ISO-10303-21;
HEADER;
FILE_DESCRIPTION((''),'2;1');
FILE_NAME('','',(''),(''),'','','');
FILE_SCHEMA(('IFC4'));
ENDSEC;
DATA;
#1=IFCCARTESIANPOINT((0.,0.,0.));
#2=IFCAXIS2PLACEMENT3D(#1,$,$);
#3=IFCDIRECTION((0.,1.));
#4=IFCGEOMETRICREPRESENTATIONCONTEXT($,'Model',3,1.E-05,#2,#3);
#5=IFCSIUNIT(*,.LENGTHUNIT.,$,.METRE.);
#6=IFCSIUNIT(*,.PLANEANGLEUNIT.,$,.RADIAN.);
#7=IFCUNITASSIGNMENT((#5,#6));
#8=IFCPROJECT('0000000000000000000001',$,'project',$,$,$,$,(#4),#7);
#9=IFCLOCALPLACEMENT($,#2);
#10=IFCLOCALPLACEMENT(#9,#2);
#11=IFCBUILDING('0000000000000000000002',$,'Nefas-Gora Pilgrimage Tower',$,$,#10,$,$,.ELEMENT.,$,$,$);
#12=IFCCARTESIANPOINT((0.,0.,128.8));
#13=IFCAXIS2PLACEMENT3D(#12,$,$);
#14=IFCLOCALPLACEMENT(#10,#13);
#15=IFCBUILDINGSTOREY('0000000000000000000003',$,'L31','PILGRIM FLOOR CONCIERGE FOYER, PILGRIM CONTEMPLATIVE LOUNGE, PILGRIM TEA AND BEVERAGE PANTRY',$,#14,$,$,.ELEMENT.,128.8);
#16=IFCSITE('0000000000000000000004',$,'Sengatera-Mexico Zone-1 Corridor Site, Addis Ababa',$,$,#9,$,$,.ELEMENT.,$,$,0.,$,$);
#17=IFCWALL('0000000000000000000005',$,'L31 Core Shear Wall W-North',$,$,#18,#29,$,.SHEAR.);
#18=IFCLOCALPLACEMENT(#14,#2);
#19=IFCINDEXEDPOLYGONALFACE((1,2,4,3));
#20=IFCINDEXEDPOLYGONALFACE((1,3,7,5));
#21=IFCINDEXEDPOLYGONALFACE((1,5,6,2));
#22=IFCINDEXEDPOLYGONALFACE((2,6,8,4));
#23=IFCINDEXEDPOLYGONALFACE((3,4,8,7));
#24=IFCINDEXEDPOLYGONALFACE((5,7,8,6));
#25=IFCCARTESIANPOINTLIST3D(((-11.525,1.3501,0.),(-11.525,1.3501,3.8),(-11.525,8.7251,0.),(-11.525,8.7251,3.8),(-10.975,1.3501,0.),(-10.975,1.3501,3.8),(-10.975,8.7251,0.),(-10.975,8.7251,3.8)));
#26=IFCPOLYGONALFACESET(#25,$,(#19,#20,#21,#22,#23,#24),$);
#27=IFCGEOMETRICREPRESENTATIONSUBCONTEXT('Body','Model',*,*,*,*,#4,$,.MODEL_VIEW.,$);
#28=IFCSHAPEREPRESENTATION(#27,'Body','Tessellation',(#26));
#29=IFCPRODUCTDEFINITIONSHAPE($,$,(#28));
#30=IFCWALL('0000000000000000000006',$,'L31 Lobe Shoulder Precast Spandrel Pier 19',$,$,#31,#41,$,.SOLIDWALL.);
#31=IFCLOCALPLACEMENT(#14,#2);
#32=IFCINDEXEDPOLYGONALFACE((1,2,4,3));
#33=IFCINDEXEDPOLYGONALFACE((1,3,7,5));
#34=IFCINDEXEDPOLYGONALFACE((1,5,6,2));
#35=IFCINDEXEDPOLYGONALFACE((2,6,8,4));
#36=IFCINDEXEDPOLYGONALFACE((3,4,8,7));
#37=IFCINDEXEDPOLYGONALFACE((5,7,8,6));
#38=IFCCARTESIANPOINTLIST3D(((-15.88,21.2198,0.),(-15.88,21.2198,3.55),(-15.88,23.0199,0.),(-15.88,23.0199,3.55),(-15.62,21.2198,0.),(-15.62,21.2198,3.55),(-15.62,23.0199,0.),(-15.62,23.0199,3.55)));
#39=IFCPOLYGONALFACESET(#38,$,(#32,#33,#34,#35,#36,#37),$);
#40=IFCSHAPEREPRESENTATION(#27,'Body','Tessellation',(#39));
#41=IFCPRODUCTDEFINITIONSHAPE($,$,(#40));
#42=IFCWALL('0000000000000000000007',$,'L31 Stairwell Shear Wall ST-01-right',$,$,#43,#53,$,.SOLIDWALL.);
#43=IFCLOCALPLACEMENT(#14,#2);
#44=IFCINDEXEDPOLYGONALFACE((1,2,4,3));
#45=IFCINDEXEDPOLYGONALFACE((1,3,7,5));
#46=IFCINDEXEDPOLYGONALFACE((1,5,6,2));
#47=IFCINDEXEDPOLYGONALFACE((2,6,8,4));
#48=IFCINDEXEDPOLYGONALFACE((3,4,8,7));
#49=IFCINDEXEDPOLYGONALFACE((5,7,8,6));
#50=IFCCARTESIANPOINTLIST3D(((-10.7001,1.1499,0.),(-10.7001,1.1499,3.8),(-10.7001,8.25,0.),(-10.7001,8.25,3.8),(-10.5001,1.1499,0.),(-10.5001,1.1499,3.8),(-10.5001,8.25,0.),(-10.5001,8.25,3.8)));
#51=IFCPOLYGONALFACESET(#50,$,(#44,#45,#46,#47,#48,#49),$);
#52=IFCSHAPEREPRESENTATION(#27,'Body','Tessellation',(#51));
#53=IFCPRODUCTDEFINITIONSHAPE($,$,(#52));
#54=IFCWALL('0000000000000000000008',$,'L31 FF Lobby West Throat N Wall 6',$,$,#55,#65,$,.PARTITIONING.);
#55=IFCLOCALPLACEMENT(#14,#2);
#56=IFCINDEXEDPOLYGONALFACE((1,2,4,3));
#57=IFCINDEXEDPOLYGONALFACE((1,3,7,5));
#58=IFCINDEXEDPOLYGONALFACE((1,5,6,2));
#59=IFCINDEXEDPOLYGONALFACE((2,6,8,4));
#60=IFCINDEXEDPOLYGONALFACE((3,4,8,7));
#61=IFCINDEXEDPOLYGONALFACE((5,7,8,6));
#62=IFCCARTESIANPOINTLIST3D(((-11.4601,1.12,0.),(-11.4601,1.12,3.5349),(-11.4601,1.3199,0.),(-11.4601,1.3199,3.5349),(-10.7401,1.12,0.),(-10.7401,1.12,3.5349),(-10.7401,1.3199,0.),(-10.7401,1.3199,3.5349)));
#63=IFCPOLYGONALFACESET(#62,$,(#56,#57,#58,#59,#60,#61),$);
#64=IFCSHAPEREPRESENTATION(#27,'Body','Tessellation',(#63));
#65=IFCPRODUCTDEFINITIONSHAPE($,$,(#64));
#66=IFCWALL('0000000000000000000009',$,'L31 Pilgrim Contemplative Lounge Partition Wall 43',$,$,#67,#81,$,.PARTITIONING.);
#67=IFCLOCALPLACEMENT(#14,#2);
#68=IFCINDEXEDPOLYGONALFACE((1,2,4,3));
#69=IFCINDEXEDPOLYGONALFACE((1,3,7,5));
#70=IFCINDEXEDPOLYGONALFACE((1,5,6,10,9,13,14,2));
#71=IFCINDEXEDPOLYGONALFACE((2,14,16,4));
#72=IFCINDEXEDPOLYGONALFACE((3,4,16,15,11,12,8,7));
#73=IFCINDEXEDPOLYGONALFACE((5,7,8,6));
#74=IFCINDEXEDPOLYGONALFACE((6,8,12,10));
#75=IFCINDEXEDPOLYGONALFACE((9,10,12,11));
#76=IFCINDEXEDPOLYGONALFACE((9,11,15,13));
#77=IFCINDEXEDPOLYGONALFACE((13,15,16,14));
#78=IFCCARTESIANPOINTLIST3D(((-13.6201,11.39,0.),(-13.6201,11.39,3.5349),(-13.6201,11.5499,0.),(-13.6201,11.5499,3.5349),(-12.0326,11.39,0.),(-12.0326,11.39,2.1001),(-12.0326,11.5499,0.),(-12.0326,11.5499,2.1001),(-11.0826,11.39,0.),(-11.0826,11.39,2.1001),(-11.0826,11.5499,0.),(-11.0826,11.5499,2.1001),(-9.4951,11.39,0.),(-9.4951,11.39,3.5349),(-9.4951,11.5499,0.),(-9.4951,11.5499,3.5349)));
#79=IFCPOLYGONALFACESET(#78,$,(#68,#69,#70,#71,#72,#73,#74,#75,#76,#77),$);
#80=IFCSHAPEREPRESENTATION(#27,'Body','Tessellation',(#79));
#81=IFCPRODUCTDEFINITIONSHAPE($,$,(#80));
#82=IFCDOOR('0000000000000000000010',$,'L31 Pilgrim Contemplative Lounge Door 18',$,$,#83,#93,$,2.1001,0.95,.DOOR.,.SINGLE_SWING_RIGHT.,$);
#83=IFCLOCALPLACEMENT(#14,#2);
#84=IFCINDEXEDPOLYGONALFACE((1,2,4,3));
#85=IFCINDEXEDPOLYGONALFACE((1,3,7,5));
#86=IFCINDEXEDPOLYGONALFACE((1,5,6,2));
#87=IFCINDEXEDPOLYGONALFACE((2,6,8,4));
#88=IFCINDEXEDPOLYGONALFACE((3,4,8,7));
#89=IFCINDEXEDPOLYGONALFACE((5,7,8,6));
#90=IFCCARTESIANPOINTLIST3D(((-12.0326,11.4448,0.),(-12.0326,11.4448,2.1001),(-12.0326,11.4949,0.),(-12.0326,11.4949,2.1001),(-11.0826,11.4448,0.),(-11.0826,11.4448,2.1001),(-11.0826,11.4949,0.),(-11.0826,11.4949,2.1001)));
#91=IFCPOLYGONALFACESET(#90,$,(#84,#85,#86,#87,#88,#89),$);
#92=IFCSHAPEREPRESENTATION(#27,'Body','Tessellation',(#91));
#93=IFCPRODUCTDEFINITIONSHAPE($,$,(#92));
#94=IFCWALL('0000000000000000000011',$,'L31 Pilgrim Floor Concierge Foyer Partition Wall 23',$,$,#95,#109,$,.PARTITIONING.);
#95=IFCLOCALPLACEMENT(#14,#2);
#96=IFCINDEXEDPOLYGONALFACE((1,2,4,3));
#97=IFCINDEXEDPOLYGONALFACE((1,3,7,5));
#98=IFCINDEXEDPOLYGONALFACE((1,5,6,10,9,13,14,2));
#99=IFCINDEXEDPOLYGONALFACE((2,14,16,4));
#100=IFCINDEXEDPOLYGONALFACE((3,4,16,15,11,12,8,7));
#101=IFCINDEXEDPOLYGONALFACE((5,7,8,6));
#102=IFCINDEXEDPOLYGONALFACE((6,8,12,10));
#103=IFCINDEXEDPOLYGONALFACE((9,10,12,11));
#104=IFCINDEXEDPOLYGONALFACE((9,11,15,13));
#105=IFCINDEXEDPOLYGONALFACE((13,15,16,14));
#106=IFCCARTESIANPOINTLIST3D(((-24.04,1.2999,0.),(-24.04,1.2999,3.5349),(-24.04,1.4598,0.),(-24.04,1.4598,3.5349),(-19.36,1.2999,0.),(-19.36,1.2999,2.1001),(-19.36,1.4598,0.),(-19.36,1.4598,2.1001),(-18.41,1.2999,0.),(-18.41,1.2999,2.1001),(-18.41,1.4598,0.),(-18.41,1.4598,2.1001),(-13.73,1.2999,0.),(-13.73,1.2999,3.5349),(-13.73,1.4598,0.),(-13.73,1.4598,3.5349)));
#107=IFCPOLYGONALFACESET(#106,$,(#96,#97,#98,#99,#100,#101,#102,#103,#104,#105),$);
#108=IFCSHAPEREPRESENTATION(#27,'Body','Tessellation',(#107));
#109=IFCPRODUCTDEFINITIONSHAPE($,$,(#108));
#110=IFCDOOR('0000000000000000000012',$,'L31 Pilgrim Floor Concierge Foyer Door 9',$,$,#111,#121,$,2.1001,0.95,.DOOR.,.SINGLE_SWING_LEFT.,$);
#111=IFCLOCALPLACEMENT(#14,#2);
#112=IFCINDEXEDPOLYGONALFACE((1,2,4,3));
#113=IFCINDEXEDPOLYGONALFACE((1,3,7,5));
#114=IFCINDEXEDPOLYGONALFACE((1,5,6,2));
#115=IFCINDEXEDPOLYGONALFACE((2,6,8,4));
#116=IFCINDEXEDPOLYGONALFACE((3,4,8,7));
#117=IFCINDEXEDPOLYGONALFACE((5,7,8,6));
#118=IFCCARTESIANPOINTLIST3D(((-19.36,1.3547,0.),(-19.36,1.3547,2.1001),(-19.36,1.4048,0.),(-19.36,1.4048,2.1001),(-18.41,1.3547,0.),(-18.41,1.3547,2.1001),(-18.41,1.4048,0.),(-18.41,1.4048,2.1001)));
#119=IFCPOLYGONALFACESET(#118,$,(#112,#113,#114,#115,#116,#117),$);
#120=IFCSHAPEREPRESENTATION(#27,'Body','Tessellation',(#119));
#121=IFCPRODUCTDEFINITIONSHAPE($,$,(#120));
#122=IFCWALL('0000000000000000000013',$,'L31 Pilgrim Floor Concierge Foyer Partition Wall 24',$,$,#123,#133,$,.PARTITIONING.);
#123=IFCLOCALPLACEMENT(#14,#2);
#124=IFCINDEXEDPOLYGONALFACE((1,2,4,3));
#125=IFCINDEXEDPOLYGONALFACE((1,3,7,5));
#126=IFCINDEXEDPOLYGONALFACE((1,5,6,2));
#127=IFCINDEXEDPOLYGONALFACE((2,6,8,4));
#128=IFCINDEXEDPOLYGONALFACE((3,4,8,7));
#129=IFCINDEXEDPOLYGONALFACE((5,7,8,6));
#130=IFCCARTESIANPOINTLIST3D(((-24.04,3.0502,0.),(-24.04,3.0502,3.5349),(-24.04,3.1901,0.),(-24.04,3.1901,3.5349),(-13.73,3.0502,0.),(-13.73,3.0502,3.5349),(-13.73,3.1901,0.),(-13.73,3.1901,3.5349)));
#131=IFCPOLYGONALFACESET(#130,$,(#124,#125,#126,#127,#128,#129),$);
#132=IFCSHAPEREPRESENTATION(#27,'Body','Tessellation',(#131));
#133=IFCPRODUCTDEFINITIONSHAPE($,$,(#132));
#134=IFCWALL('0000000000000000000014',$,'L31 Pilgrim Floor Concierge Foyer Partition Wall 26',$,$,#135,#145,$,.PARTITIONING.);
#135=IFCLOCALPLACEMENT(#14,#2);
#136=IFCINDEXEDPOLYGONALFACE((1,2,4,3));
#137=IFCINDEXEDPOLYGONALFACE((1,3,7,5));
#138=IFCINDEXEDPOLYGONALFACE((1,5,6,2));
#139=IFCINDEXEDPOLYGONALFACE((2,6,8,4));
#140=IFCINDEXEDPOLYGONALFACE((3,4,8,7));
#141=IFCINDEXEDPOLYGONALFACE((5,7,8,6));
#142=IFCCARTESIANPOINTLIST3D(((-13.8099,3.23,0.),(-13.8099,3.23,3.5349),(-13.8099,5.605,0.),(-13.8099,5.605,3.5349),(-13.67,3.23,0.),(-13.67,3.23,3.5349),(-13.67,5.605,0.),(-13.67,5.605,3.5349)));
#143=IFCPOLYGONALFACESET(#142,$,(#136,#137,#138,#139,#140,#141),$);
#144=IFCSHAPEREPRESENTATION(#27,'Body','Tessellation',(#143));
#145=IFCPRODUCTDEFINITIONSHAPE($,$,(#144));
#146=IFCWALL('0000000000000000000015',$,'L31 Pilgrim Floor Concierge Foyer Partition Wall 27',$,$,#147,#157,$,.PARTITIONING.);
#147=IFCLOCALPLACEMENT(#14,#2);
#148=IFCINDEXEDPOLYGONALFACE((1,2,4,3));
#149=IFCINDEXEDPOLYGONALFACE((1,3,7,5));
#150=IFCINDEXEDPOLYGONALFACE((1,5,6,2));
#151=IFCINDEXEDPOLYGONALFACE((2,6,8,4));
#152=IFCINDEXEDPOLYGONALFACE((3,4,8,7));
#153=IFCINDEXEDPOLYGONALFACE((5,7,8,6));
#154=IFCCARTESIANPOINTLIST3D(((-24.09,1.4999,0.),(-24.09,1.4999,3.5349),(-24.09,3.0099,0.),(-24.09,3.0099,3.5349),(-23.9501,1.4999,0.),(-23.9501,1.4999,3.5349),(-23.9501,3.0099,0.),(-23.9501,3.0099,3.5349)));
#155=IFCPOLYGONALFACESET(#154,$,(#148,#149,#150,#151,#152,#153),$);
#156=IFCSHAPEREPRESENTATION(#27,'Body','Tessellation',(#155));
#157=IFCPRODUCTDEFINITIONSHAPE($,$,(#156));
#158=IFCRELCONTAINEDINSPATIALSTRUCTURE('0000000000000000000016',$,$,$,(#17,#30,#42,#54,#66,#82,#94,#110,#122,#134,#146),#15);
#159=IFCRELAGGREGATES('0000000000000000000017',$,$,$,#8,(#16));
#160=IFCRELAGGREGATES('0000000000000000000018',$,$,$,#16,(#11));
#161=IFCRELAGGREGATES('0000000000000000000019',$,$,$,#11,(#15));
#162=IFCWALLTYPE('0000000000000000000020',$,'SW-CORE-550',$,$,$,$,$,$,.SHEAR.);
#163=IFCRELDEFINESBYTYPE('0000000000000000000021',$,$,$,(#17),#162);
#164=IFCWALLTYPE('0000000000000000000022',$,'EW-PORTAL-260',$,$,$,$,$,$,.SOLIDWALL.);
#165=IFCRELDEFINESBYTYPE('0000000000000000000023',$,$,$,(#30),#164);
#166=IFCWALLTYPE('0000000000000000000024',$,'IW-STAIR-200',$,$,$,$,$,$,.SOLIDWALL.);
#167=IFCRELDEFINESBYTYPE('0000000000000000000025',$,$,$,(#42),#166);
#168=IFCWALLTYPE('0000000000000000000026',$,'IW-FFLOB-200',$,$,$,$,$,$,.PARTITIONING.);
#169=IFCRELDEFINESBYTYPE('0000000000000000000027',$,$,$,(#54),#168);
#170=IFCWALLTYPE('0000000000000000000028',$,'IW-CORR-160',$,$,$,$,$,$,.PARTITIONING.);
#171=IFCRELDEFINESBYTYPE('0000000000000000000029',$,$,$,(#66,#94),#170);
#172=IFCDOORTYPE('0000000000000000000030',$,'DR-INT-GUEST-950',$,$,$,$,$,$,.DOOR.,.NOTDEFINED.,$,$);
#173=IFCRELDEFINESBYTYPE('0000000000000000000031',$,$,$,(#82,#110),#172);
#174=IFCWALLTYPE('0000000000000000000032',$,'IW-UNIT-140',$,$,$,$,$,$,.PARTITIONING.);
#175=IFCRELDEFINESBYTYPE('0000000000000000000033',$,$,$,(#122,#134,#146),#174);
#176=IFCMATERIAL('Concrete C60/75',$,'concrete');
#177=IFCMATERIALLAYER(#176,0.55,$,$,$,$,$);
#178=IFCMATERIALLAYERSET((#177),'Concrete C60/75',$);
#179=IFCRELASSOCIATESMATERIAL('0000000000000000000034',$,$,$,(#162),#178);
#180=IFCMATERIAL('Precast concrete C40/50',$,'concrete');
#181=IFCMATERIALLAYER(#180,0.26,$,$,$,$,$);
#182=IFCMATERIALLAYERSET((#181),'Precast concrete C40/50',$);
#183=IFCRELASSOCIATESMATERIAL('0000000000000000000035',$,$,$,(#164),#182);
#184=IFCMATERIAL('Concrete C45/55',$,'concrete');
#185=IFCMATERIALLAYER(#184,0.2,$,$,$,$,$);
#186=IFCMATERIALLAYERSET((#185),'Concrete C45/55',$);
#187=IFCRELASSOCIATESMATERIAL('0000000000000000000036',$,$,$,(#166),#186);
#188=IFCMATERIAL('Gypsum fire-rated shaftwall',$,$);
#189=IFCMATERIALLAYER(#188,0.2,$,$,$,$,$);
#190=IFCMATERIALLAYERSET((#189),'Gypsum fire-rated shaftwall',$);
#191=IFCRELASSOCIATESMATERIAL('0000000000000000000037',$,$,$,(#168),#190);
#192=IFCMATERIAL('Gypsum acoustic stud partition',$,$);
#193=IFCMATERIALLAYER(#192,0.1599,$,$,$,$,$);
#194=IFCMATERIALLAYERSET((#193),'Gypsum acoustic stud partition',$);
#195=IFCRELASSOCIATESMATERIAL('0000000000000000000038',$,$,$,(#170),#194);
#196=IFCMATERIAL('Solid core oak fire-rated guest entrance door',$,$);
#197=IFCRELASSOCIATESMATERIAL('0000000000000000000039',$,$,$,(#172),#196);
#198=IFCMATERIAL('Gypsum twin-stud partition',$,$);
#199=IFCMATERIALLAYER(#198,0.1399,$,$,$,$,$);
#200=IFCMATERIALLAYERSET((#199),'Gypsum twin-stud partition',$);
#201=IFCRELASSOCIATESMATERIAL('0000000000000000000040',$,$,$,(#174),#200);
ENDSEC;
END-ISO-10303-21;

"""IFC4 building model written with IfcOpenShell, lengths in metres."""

from ifc_helpers import new_model, si_unit, direction, frame, frame_2d, origin, place, context, subcontext, project, spatial, rectangle, extrude, source, transform, mapped, material, layer, layer_set, type_object, element, fill, save


model = new_model("IFC4")

# Units and contexts
model_context = context("Model", 3, precision=1e-05, world=origin(), true_north=direction((0.0, 1.0)))
body_context = subcontext(model_context, "Body", "Model", "MODEL_VIEW")
ifc_project = project(units=[si_unit("LENGTHUNIT", "METRE"), si_unit("PLANEANGLEUNIT", "RADIAN")], contexts=[model_context])

# Site, building, storey
site_placement = place(None, origin())
site = spatial("IfcSite", under=ifc_project, at=site_placement, Name="Sengatera-Mexico Zone-1 Corridor Site, Addis Ababa", CompositionType="ELEMENT", RefElevation=0.0)
building_placement = place(site_placement, origin())
building = spatial("IfcBuilding", under=site, at=building_placement, Name="Nefas-Gora Pilgrimage Tower", CompositionType="ELEMENT")
storey_placement = place(building_placement, frame((0.0, 0.0, 128.8)))
storey = spatial("IfcBuildingStorey", under=building, at=storey_placement, Name="L31", Description="PILGRIM FLOOR CONCIERGE FOYER, PILGRIM CONTEMPLATIVE LOUNGE, PILGRIM TEA AND BEVERAGE PANTRY", CompositionType="ELEMENT", Elevation=128.8)

# Walls
ifc_material_1 = material(Name="Concrete C60/75", Category="concrete")
ifc_layer_1 = layer(ifc_material_1, 0.55)
ifc_layer_set_1 = layer_set([ifc_layer_1], Name="Concrete C60/75")
wall_type_1 = type_object("IfcWallType", Name="SW-CORE-550", PredefinedType="SHEAR", material=ifc_layer_set_1)
shared_shape_1 = source(origin(), body_context, "Body", "SweptSolid", [
    extrude(rectangle(XDim=7.375, YDim=0.55, at=frame_2d((3.6875, 0.0))), origin(), (0.0, 0.0, 1.0), 3.8),
])
wall_1_placement = place(storey_placement, frame((-11.25, 1.3501, 0.0), z_axis=(0.0, 0.0, 1.0), x_axis=(0.0, 1.0, 0.0)))
element("IfcWall", 1, at=wall_1_placement, inside=storey, type_object=wall_type_1, Name="L31 Core Shear Wall W-North", PredefinedType="SHEAR", context=body_context, shape_type="MappedRepresentation", body=[
    mapped(shared_shape_1, transform((0.0, 0.0, 0.0), x_axis=(1.0, 0.0, 0.0), y_axis=(0.0, 1.0, 0.0), z_axis=(0.0, 0.0, 1.0), scale=1.0)),
])
ifc_material_2 = material(Name="Precast concrete C40/50", Category="concrete")
ifc_layer_2 = layer(ifc_material_2, 0.26)
ifc_layer_set_2 = layer_set([ifc_layer_2], Name="Precast concrete C40/50")
wall_type_2 = type_object("IfcWallType", Name="EW-PORTAL-260", PredefinedType="SOLIDWALL", material=ifc_layer_set_2)
shared_shape_2 = source(origin(), body_context, "Body", "SweptSolid", [
    extrude(rectangle(XDim=1.8, YDim=0.26, at=frame_2d((0.8999, 0.0))), origin(), (0.0, 0.0, 1.0), 3.55),
])
wall_2_placement = place(storey_placement, frame((-15.75, 21.22, 0.0), z_axis=(0.0, 0.0, 1.0), x_axis=(0.0, 1.0, 0.0)))
element("IfcWall", 2, at=wall_2_placement, inside=storey, type_object=wall_type_2, Name="L31 Lobe Shoulder Precast Spandrel Pier 19", PredefinedType="SOLIDWALL", context=body_context, shape_type="MappedRepresentation", body=[
    mapped(shared_shape_2, transform((0.0, 0.0, 0.0), x_axis=(1.0, 0.0, 0.0), y_axis=(0.0, 1.0, 0.0), z_axis=(0.0, 0.0, 1.0), scale=1.0)),
])
ifc_material_3 = material(Name="Concrete C45/55", Category="concrete")
ifc_layer_3 = layer(ifc_material_3, 0.2)
ifc_layer_set_3 = layer_set([ifc_layer_3], Name="Concrete C45/55")
wall_type_3 = type_object("IfcWallType", Name="IW-STAIR-200", PredefinedType="SOLIDWALL", material=ifc_layer_set_3)
shared_shape_3 = source(origin(), body_context, "Body", "SweptSolid", [
    extrude(rectangle(XDim=7.1001, YDim=0.2, at=frame_2d((3.55, 0.0))), origin(), (0.0, 0.0, 1.0), 3.8),
])
wall_3_placement = place(storey_placement, frame((-10.6001, 1.1499, 0.0), z_axis=(0.0, 0.0, 1.0), x_axis=(0.0, 1.0, 0.0)))
element("IfcWall", 3, at=wall_3_placement, inside=storey, type_object=wall_type_3, Name="L31 Stairwell Shear Wall ST-01-right", PredefinedType="SOLIDWALL", context=body_context, shape_type="MappedRepresentation", body=[
    mapped(shared_shape_3, transform((0.0, 0.0, 0.0), x_axis=(1.0, 0.0, 0.0), y_axis=(0.0, 1.0, 0.0), z_axis=(0.0, 0.0, 1.0), scale=1.0)),
])
ifc_material_4 = material(Name="Gypsum fire-rated shaftwall")
ifc_layer_4 = layer(ifc_material_4, 0.2)
ifc_layer_set_4 = layer_set([ifc_layer_4], Name="Gypsum fire-rated shaftwall")
wall_type_4 = type_object("IfcWallType", Name="IW-FFLOB-200", PredefinedType="PARTITIONING", material=ifc_layer_set_4)
shared_shape_4 = source(origin(), body_context, "Body", "SweptSolid", [
    extrude(rectangle(XDim=0.72, YDim=0.2, at=frame_2d((0.3599, 0.0))), origin(), (0.0, 0.0, 1.0), 3.5349),
])
wall_4_placement = place(storey_placement, frame((-11.46, 1.22, 0.0), z_axis=(0.0, 0.0, 1.0), x_axis=(1.0, 0.0, 0.0)))
element("IfcWall", 4, at=wall_4_placement, inside=storey, type_object=wall_type_4, Name="L31 FF Lobby West Throat N Wall 6", PredefinedType="PARTITIONING", context=body_context, shape_type="MappedRepresentation", body=[
    mapped(shared_shape_4, transform((0.0, 0.0, 0.0), x_axis=(1.0, 0.0, 0.0), y_axis=(0.0, 1.0, 0.0), z_axis=(0.0, 0.0, 1.0), scale=1.0)),
])

# Walls, openings, doors
ifc_material_5 = material(Name="Gypsum acoustic stud partition")
ifc_layer_5 = layer(ifc_material_5, 0.1599)
ifc_layer_set_5 = layer_set([ifc_layer_5], Name="Gypsum acoustic stud partition")
wall_type_5 = type_object("IfcWallType", Name="IW-CORR-160", PredefinedType="PARTITIONING", material=ifc_layer_set_5)
shared_shape_5 = source(origin(), body_context, "Body", "SweptSolid", [
    extrude(rectangle(XDim=4.125, YDim=0.1599, at=frame_2d((2.0625, 0.0))), origin(), (0.0, 0.0, 1.0), 3.5349),
])
wall_5_placement = place(storey_placement, frame((-13.6201, 11.47, 0.0), z_axis=(0.0, 0.0, 1.0), x_axis=(1.0, 0.0, 0.0)))
wall_5 = element("IfcWall", 5, at=wall_5_placement, inside=storey, type_object=wall_type_5, Name="L31 Pilgrim Contemplative Lounge Partition Wall 43", PredefinedType="PARTITIONING", context=body_context, shape_type="MappedRepresentation", body=[
    mapped(shared_shape_5, transform((0.0, 0.0, 0.0), x_axis=(1.0, 0.0, 0.0), y_axis=(0.0, 1.0, 0.0), z_axis=(0.0, 0.0, 1.0), scale=1.0)),
])
opening_1_placement = place(wall_5_placement, frame((1.5874, 0.0, 0.0)))
opening_1 = element("IfcOpeningElement", 6, at=opening_1_placement, cuts=wall_5, PredefinedType="OPENING", context=body_context, shape_type="SweptSolid", body=[
    extrude(rectangle(XDim=0.95, YDim=2.1001, at=frame_2d((0.4751, 1.05))), frame((0.0, 0.0898, 0.0), z_axis=(0.0, -1.0, 0.0), x_axis=(1.0, 0.0, 0.0)), (0.0, 0.0, 1.0), 0.1799),
])
ifc_material_6 = material(Name="Solid core oak fire-rated guest entrance door")
door_type = type_object("IfcDoorType", Name="DR-INT-GUEST-950", OperationType="NOTDEFINED", PredefinedType="DOOR", material=ifc_material_6)
shared_shape_6 = source(origin(), body_context, "Body", "SweptSolid", [
    extrude(rectangle(XDim=0.95, YDim=2.1001, at=frame_2d((0.4751, 1.05))), frame((0.0, 0.0249, 0.0), z_axis=(0.0, -1.0, 0.0), x_axis=(1.0, 0.0, 0.0)), (0.0, 0.0, 1.0), 0.05),
])
door_1_placement = place(opening_1_placement, origin())
door_1 = element("IfcDoor", 7, at=door_1_placement, inside=storey, type_object=door_type, Name="L31 Pilgrim Contemplative Lounge Door 18", OperationType="SINGLE_SWING_RIGHT", OverallHeight=2.1001, OverallWidth=0.95, PredefinedType="DOOR", context=body_context, shape_type="MappedRepresentation", body=[
    mapped(shared_shape_6, transform((0.0, 0.0, 0.0), x_axis=(1.0, 0.0, 0.0), y_axis=(0.0, 1.0, 0.0), z_axis=(0.0, 0.0, 1.0), scale=1.0)),
])
fill(opening_1, door_1)
shared_shape_7 = source(origin(), body_context, "Body", "SweptSolid", [
    extrude(rectangle(XDim=10.3101, YDim=0.1599, at=frame_2d((5.155, 0.0))), origin(), (0.0, 0.0, 1.0), 3.5349),
])
wall_6_placement = place(storey_placement, frame((-24.04, 1.3799, 0.0), z_axis=(0.0, 0.0, 1.0), x_axis=(1.0, 0.0, 0.0)))
wall_6 = element("IfcWall", 8, at=wall_6_placement, inside=storey, type_object=wall_type_5, Name="L31 Pilgrim Floor Concierge Foyer Partition Wall 23", PredefinedType="PARTITIONING", context=body_context, shape_type="MappedRepresentation", body=[
    mapped(shared_shape_7, transform((0.0, 0.0, 0.0), x_axis=(1.0, 0.0, 0.0), y_axis=(0.0, 1.0, 0.0), z_axis=(0.0, 0.0, 1.0), scale=1.0)),
])
opening_2_placement = place(wall_6_placement, frame((4.6799, 0.0, 0.0)))
opening_2 = element("IfcOpeningElement", 9, at=opening_2_placement, cuts=wall_6, PredefinedType="OPENING", context=body_context, shape_type="SweptSolid", body=[
    extrude(rectangle(XDim=0.95, YDim=2.1001, at=frame_2d((0.4751, 1.05))), frame((0.0, 0.0898, 0.0), z_axis=(0.0, -1.0, 0.0), x_axis=(1.0, 0.0, 0.0)), (0.0, 0.0, 1.0), 0.1799),
])
door_2_placement = place(opening_2_placement, origin())
door_2 = element("IfcDoor", 10, at=door_2_placement, inside=storey, type_object=door_type, Name="L31 Pilgrim Floor Concierge Foyer Door 9", OperationType="SINGLE_SWING_LEFT", OverallHeight=2.1001, OverallWidth=0.95, PredefinedType="DOOR", context=body_context, shape_type="MappedRepresentation", body=[
    mapped(shared_shape_6, transform((0.0, 0.0, 0.0), x_axis=(1.0, 0.0, 0.0), y_axis=(0.0, 1.0, 0.0), z_axis=(0.0, 0.0, 1.0), scale=1.0)),
])
fill(opening_2, door_2)

# Walls
ifc_material_7 = material(Name="Gypsum twin-stud partition")
ifc_layer_6 = layer(ifc_material_7, 0.1399)
ifc_layer_set_6 = layer_set([ifc_layer_6], Name="Gypsum twin-stud partition")
wall_type_6 = type_object("IfcWallType", Name="IW-UNIT-140", PredefinedType="PARTITIONING", material=ifc_layer_set_6)
shared_shape_8 = source(origin(), body_context, "Body", "SweptSolid", [
    extrude(rectangle(XDim=10.3101, YDim=0.1399, at=frame_2d((5.155, 0.0))), origin(), (0.0, 0.0, 1.0), 3.5349),
])
wall_7_placement = place(storey_placement, frame((-24.04, 3.1201, 0.0), z_axis=(0.0, 0.0, 1.0), x_axis=(1.0, 0.0, 0.0)))
element("IfcWall", 11, at=wall_7_placement, inside=storey, type_object=wall_type_6, Name="L31 Pilgrim Floor Concierge Foyer Partition Wall 24", PredefinedType="PARTITIONING", context=body_context, shape_type="MappedRepresentation", body=[
    mapped(shared_shape_8, transform((0.0, 0.0, 0.0), x_axis=(1.0, 0.0, 0.0), y_axis=(0.0, 1.0, 0.0), z_axis=(0.0, 0.0, 1.0), scale=1.0)),
])
shared_shape_9 = source(origin(), body_context, "Body", "SweptSolid", [
    extrude(rectangle(XDim=2.375, YDim=0.1399, at=frame_2d((1.1875, 0.0))), origin(), (0.0, 0.0, 1.0), 3.5349),
])
wall_8_placement = place(storey_placement, frame((-13.74, 3.23, 0.0), z_axis=(0.0, 0.0, 1.0), x_axis=(0.0, 1.0, 0.0)))
element("IfcWall", 12, at=wall_8_placement, inside=storey, type_object=wall_type_6, Name="L31 Pilgrim Floor Concierge Foyer Partition Wall 26", PredefinedType="PARTITIONING", context=body_context, shape_type="MappedRepresentation", body=[
    mapped(shared_shape_9, transform((0.0, 0.0, 0.0), x_axis=(1.0, 0.0, 0.0), y_axis=(0.0, 1.0, 0.0), z_axis=(0.0, 0.0, 1.0), scale=1.0)),
])
shared_shape_10 = source(origin(), body_context, "Body", "SweptSolid", [
    extrude(rectangle(XDim=1.51, YDim=0.1399, at=frame_2d((0.7549, 0.0))), origin(), (0.0, 0.0, 1.0), 3.5349),
])
wall_9_placement = place(storey_placement, frame((-24.02, 1.5, 0.0), z_axis=(0.0, 0.0, 1.0), x_axis=(0.0, 1.0, 0.0)))
element("IfcWall", 13, at=wall_9_placement, inside=storey, type_object=wall_type_6, Name="L31 Pilgrim Floor Concierge Foyer Partition Wall 27", PredefinedType="PARTITIONING", context=body_context, shape_type="MappedRepresentation", body=[
    mapped(shared_shape_10, transform((0.0, 0.0, 0.0), x_axis=(1.0, 0.0, 0.0), y_axis=(0.0, 1.0, 0.0), z_axis=(0.0, 0.0, 1.0), scale=1.0)),
])

save(model, "model.ifc")
